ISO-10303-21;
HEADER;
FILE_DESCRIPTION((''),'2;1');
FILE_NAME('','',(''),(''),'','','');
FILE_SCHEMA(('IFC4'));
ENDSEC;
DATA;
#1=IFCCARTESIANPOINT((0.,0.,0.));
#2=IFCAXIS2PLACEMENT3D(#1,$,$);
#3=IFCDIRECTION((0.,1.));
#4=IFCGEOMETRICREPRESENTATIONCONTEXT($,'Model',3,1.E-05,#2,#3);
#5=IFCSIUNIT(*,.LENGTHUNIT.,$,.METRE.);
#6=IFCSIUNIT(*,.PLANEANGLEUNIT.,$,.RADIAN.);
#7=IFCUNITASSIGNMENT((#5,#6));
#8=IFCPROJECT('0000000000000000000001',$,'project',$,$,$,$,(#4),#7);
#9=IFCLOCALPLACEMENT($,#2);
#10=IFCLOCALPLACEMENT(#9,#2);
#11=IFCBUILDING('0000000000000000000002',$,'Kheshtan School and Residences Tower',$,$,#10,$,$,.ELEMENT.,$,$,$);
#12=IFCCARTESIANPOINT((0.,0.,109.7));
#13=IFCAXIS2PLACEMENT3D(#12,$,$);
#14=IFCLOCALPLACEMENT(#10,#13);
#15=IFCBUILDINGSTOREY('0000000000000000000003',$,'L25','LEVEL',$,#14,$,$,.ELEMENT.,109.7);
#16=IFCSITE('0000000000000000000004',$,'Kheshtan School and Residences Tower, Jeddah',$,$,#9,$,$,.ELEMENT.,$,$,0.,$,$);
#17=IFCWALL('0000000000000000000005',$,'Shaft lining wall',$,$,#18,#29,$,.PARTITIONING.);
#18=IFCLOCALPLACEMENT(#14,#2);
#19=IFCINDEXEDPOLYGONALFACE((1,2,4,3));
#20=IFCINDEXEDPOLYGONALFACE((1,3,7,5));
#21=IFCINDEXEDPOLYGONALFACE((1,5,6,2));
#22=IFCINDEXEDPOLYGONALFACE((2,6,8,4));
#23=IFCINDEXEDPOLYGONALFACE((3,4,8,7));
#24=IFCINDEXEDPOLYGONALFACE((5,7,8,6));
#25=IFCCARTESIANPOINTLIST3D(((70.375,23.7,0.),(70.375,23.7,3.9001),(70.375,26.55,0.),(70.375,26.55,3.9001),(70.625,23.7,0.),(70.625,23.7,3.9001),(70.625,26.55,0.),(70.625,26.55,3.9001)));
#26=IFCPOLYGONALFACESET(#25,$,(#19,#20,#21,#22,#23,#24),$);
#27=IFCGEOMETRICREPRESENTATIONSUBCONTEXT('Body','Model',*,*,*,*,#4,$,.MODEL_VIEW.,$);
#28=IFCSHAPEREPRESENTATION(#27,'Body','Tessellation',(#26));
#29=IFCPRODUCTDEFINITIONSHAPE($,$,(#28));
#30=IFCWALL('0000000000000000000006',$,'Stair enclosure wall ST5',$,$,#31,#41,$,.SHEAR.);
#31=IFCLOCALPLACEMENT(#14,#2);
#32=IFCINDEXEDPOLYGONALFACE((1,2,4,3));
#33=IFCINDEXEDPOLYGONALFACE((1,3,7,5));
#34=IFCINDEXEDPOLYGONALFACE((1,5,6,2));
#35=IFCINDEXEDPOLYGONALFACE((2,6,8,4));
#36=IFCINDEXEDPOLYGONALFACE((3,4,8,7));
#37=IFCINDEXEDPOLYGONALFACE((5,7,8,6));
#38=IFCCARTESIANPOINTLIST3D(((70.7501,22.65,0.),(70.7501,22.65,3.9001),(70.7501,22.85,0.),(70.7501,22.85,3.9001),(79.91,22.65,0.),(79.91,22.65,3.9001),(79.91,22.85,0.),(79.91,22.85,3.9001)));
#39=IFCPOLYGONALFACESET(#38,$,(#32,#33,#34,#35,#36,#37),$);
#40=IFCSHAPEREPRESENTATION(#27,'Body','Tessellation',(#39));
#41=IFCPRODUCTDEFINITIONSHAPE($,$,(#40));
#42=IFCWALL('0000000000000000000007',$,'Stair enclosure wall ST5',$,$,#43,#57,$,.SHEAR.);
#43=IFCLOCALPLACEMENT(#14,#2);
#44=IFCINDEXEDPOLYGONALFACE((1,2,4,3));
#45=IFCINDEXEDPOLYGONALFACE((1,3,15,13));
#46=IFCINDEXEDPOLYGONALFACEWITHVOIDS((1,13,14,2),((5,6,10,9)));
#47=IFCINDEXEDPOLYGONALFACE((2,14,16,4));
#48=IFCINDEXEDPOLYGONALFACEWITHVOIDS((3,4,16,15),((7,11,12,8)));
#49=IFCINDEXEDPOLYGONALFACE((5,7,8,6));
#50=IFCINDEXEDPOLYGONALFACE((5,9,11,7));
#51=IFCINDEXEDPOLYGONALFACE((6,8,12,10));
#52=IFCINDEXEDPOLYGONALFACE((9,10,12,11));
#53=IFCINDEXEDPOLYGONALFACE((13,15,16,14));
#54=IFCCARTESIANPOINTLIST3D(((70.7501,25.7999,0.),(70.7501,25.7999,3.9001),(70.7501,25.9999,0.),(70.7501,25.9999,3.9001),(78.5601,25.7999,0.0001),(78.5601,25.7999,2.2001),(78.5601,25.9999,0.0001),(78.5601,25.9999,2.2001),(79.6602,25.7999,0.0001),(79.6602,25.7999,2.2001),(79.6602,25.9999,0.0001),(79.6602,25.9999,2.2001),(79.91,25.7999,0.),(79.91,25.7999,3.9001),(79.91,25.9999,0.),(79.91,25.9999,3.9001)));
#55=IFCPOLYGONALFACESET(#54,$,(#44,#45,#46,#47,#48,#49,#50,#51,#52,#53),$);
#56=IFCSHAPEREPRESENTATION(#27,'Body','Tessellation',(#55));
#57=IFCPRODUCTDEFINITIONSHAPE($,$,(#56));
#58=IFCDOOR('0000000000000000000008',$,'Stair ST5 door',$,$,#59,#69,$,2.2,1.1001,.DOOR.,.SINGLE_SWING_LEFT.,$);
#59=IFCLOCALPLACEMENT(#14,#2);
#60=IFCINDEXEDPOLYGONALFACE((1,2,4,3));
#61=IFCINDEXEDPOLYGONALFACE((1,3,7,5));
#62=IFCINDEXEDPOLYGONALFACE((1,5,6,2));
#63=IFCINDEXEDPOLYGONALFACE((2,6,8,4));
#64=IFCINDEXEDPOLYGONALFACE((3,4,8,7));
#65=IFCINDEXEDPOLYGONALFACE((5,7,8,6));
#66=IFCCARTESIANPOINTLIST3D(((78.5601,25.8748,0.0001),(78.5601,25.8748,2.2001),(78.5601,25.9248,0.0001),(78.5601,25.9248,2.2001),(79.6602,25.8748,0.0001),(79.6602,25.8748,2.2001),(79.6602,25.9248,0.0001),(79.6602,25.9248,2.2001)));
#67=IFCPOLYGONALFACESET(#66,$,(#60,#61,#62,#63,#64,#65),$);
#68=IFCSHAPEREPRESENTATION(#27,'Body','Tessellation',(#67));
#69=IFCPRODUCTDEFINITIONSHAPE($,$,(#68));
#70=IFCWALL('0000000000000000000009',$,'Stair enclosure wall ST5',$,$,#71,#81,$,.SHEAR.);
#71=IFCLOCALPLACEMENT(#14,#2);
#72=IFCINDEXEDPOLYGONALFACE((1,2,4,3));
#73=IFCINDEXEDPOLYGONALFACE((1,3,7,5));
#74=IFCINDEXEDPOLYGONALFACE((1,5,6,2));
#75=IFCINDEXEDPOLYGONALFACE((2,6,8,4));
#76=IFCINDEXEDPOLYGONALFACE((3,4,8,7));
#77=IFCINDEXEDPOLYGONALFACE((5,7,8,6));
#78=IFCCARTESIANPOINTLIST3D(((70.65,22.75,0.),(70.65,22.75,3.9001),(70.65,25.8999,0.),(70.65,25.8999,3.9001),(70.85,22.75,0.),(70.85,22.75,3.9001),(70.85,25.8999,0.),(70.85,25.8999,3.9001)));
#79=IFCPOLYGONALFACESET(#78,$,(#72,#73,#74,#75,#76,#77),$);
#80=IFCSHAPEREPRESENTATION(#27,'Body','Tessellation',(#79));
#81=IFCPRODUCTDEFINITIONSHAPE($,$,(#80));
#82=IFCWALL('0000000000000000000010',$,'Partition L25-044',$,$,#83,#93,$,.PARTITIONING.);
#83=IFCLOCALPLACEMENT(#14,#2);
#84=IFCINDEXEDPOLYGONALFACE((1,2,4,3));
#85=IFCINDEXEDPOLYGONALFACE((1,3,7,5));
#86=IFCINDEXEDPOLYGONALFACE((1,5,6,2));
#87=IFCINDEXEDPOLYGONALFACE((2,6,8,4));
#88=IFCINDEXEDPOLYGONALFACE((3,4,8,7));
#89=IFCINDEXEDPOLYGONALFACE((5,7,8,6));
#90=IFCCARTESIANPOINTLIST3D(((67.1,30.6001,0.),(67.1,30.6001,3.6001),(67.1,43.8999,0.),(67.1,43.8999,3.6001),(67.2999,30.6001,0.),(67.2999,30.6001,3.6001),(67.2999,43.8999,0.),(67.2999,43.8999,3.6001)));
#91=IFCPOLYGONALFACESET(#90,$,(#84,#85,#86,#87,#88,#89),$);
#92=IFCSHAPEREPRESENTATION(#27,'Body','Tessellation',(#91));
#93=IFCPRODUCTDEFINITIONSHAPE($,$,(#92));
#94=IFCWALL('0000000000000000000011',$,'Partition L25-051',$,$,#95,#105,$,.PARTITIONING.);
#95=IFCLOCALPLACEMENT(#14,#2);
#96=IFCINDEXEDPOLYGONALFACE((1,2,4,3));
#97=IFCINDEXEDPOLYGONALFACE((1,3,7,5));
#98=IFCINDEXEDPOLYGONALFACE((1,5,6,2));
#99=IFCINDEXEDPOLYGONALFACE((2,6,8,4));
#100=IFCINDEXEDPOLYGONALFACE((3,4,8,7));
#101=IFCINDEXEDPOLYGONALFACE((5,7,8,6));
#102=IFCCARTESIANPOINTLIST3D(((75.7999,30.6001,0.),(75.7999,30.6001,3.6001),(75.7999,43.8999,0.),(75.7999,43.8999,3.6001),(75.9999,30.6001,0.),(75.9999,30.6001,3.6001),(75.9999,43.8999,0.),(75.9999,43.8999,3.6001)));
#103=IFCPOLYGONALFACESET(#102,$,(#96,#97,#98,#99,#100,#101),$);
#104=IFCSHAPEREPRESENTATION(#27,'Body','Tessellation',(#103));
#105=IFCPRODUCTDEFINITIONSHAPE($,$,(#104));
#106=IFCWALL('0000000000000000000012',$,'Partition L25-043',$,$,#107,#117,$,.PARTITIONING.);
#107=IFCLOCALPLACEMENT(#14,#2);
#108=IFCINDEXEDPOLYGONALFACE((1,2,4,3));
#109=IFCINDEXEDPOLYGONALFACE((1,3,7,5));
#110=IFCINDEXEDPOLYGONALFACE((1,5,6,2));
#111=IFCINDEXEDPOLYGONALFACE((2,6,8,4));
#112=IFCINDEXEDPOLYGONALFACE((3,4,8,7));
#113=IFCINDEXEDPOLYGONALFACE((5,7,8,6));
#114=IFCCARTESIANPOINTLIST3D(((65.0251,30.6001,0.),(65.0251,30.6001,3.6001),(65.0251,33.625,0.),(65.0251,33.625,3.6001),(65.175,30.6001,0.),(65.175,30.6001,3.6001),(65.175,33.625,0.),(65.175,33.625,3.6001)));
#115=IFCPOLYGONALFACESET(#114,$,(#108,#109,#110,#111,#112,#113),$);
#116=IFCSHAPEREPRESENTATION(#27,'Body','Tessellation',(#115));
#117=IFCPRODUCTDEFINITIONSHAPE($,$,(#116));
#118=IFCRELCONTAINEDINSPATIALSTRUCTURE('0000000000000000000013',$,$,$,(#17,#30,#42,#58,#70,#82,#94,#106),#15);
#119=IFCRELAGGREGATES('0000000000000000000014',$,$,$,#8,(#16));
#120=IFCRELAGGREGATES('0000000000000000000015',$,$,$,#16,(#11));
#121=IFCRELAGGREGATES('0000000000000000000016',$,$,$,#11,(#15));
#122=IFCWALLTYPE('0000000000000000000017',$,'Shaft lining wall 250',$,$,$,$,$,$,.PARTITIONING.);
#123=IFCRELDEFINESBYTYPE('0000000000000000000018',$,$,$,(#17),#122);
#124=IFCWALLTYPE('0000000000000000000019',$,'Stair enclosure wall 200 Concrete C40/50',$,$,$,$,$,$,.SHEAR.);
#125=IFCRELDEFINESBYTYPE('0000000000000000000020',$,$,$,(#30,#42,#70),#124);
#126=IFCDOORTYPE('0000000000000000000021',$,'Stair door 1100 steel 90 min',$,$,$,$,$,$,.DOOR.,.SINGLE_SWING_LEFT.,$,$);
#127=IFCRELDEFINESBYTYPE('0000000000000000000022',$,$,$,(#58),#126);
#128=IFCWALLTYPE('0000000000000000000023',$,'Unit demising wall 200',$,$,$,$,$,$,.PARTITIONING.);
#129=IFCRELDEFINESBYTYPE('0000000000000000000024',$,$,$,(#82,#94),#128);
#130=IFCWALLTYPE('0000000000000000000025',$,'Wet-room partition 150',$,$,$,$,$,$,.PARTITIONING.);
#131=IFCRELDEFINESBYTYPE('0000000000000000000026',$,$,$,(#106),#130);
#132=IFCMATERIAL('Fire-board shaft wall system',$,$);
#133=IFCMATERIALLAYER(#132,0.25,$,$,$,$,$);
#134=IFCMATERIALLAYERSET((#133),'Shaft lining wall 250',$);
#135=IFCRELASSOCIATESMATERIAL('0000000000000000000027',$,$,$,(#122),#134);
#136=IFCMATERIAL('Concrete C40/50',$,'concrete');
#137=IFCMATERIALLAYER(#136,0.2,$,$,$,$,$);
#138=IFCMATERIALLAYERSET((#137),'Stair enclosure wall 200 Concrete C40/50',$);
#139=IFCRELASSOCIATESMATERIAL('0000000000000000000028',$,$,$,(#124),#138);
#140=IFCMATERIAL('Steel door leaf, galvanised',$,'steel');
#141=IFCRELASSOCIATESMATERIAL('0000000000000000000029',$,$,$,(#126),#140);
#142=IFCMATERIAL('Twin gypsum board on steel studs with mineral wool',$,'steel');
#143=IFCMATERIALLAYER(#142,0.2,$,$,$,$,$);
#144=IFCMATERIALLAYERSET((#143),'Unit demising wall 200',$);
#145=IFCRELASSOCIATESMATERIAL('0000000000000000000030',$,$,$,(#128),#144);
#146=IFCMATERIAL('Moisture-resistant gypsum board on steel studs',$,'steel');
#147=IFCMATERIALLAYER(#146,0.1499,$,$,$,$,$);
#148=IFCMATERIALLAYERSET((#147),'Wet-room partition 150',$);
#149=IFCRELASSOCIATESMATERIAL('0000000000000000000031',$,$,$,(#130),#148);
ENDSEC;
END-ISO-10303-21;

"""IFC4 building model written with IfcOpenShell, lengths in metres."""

from ifc_helpers import new_model, si_unit, direction, frame, frame_2d, origin, place, context, subcontext, project, spatial, rectangle, extrude, source, transform, mapped, material, layer, layer_set, type_object, element, fill, save


model = new_model("IFC4")

# Units and contexts
model_context = context("Model", 3, precision=1e-05, world=origin(), true_north=direction((0.0, 1.0)))
body_context = subcontext(model_context, "Body", "Model", "MODEL_VIEW")
ifc_project = project(units=[si_unit("LENGTHUNIT", "METRE"), si_unit("PLANEANGLEUNIT", "RADIAN")], contexts=[model_context])

# Site, building, storey
site_placement = place(None, origin())
site = spatial("IfcSite", under=ifc_project, at=site_placement, Name="Kheshtan School and Residences Tower, Jeddah", CompositionType="ELEMENT", RefElevation=0.0)
building_placement = place(site_placement, origin())
building = spatial("IfcBuilding", under=site, at=building_placement, Name="Kheshtan School and Residences Tower", CompositionType="ELEMENT")
storey_placement = place(building_placement, frame((0.0, 0.0, 109.7)))
storey = spatial("IfcBuildingStorey", under=building, at=storey_placement, Name="L25", Description="LEVEL", CompositionType="ELEMENT", Elevation=109.7)

# Shared definitions
ifc_material_1 = material(Name="Fire-board shaft wall system")
ifc_material_2 = material(Name="Steel door leaf, galvanised", Category="steel")

# Walls
ifc_layer_1 = layer(ifc_material_1, 0.25)
ifc_layer_set_1 = layer_set([ifc_layer_1], Name="Shaft lining wall 250")
wall_type_1 = type_object("IfcWallType", Name="Shaft lining wall 250", PredefinedType="PARTITIONING", material=ifc_layer_set_1)
wall_1_placement = place(storey_placement, frame((70.5, 23.7, 0.0), z_axis=(0.0, 0.0, 1.0), x_axis=(0.0, 1.0, 0.0)))
element("IfcWall", 1, at=wall_1_placement, inside=storey, type_object=wall_type_1, Name="Shaft lining wall", PredefinedType="PARTITIONING", context=body_context, shape_type="SweptSolid", body=[
    extrude(rectangle(XDim=2.8501, YDim=0.25, at=frame_2d((1.425, 0.0))), origin(), (0.0, 0.0, 1.0), 3.9001),
])
ifc_material_3 = material(Name="Concrete C40/50", Category="concrete")
ifc_layer_2 = layer(ifc_material_3, 0.2)
ifc_layer_set_2 = layer_set([ifc_layer_2], Name="Stair enclosure wall 200 Concrete C40/50")
wall_type_2 = type_object("IfcWallType", Name="Stair enclosure wall 200 Concrete C40/50", PredefinedType="SHEAR", material=ifc_layer_set_2)
wall_2_placement = place(storey_placement, frame((70.75, 22.75, 0.0), z_axis=(0.0, 0.0, 1.0), x_axis=(1.0, 0.0, 0.0)))
element("IfcWall", 2, at=wall_2_placement, inside=storey, type_object=wall_type_2, Name="Stair enclosure wall ST5", PredefinedType="SHEAR", context=body_context, shape_type="SweptSolid", body=[
    extrude(rectangle(XDim=9.1599, YDim=0.2, at=frame_2d((4.5801, 0.0))), origin(), (0.0, 0.0, 1.0), 3.9001),
])

# Wall, opening, door
wall_3_placement = place(storey_placement, frame((70.75, 25.8999, 0.0), z_axis=(0.0, 0.0, 1.0), x_axis=(1.0, 0.0, 0.0)))
wall_3 = element("IfcWall", 3, at=wall_3_placement, inside=storey, type_object=wall_type_2, Name="Stair enclosure wall ST5", PredefinedType="SHEAR", context=body_context, shape_type="SweptSolid", body=[
    extrude(rectangle(XDim=9.1599, YDim=0.2, at=frame_2d((4.5801, 0.0))), origin(), (0.0, 0.0, 1.0), 3.9001),
])
opening_1_placement = place(wall_3_placement, frame((7.8101, 0.0, 0.0)))
opening_1 = element("IfcOpeningElement", 4, at=opening_1_placement, cuts=wall_3, PredefinedType="OPENING", context=body_context, shape_type="SweptSolid", body=[
    extrude(rectangle(XDim=1.1001, YDim=2.2, at=frame_2d((0.55, 1.1001))), frame((0.0, 0.1099, 0.0), z_axis=(0.0, -1.0, 0.0), x_axis=(1.0, 0.0, 0.0)), (0.0, 0.0, 1.0), 0.22),
])
door_type_1 = type_object("IfcDoorType", Name="Stair door 1100 steel 90 min", OperationType="SINGLE_SWING_LEFT", PredefinedType="DOOR", material=ifc_material_2)
shared_shape_1 = source(origin(), body_context, "Body", "SweptSolid", [
    extrude(rectangle(XDim=1.1001, YDim=2.2, at=frame_2d((0.55, 1.1001))), frame((0.0, 0.0249, 0.0), z_axis=(0.0, -1.0, 0.0), x_axis=(1.0, 0.0, 0.0)), (0.0, 0.0, 1.0), 0.05),
])
door_1_placement = place(opening_1_placement, origin())
door_1 = element("IfcDoor", 5, at=door_1_placement, inside=storey, type_object=door_type_1, Name="Stair ST5 door", OperationType="SINGLE_SWING_LEFT", OverallHeight=2.2, OverallWidth=1.1001, PredefinedType="DOOR", context=body_context, shape_type="MappedRepresentation", body=[
    mapped(shared_shape_1, transform((0.0, 0.0, 0.0), x_axis=(1.0, 0.0, 0.0), y_axis=(0.0, 1.0, 0.0), z_axis=(0.0, 0.0, 1.0), scale=1.0)),
])
fill(opening_1, door_1)

# Walls
wall_4_placement = place(storey_placement, frame((70.75, 22.75, 0.0), z_axis=(0.0, 0.0, 1.0), x_axis=(0.0, 1.0, 0.0)))
element("IfcWall", 6, at=wall_4_placement, inside=storey, type_object=wall_type_2, Name="Stair enclosure wall ST5", PredefinedType="SHEAR", context=body_context, shape_type="SweptSolid", body=[
    extrude(rectangle(XDim=3.1499, YDim=0.2, at=frame_2d((1.575, 0.0))), origin(), (0.0, 0.0, 1.0), 3.9001),
])
ifc_material_4 = material(Name="Twin gypsum board on steel studs with mineral wool", Category="steel")
ifc_layer_3 = layer(ifc_material_4, 0.2)
ifc_layer_set_3 = layer_set([ifc_layer_3], Name="Unit demising wall 200")
wall_type_3 = type_object("IfcWallType", Name="Unit demising wall 200", PredefinedType="PARTITIONING", material=ifc_layer_set_3)
for number, where, z_axis, x_axis, name in (
    (7, (67.2, 30.6001, 0.0), (0.0, 0.0, 1.0), (0.0, 1.0, 0.0), "Partition L25-044"),
    (8, (75.8999, 30.6001, 0.0), (0.0, 0.0, 1.0), (0.0, 1.0, 0.0), "Partition L25-051"),
):
    element("IfcWall", number, at=place(storey_placement, frame(where, z_axis=z_axis, x_axis=x_axis)), inside=storey, type_object=wall_type_3, Name=name, PredefinedType="PARTITIONING", context=body_context, shape_type="SweptSolid", body=[
        extrude(rectangle(XDim=13.2998, YDim=0.2, at=frame_2d((6.6499, 0.0))), origin(), (0.0, 0.0, 1.0), 3.6001),
    ])
ifc_material_5 = material(Name="Moisture-resistant gypsum board on steel studs", Category="steel")
ifc_layer_4 = layer(ifc_material_5, 0.1499)
ifc_layer_set_4 = layer_set([ifc_layer_4], Name="Wet-room partition 150")
wall_type_4 = type_object("IfcWallType", Name="Wet-room partition 150", PredefinedType="PARTITIONING", material=ifc_layer_set_4)
wall_5_placement = place(storey_placement, frame((65.1001, 30.6001, 0.0), z_axis=(0.0, 0.0, 1.0), x_axis=(0.0, 1.0, 0.0)))
element("IfcWall", 9, at=wall_5_placement, inside=storey, type_object=wall_type_4, Name="Partition L25-043", PredefinedType="PARTITIONING", context=body_context, shape_type="SweptSolid", body=[
    extrude(rectangle(XDim=3.0249, YDim=0.1499, at=frame_2d((1.5125, 0.0))), origin(), (0.0, 0.0, 1.0), 3.6001),
])

save(model, "model.ifc")
